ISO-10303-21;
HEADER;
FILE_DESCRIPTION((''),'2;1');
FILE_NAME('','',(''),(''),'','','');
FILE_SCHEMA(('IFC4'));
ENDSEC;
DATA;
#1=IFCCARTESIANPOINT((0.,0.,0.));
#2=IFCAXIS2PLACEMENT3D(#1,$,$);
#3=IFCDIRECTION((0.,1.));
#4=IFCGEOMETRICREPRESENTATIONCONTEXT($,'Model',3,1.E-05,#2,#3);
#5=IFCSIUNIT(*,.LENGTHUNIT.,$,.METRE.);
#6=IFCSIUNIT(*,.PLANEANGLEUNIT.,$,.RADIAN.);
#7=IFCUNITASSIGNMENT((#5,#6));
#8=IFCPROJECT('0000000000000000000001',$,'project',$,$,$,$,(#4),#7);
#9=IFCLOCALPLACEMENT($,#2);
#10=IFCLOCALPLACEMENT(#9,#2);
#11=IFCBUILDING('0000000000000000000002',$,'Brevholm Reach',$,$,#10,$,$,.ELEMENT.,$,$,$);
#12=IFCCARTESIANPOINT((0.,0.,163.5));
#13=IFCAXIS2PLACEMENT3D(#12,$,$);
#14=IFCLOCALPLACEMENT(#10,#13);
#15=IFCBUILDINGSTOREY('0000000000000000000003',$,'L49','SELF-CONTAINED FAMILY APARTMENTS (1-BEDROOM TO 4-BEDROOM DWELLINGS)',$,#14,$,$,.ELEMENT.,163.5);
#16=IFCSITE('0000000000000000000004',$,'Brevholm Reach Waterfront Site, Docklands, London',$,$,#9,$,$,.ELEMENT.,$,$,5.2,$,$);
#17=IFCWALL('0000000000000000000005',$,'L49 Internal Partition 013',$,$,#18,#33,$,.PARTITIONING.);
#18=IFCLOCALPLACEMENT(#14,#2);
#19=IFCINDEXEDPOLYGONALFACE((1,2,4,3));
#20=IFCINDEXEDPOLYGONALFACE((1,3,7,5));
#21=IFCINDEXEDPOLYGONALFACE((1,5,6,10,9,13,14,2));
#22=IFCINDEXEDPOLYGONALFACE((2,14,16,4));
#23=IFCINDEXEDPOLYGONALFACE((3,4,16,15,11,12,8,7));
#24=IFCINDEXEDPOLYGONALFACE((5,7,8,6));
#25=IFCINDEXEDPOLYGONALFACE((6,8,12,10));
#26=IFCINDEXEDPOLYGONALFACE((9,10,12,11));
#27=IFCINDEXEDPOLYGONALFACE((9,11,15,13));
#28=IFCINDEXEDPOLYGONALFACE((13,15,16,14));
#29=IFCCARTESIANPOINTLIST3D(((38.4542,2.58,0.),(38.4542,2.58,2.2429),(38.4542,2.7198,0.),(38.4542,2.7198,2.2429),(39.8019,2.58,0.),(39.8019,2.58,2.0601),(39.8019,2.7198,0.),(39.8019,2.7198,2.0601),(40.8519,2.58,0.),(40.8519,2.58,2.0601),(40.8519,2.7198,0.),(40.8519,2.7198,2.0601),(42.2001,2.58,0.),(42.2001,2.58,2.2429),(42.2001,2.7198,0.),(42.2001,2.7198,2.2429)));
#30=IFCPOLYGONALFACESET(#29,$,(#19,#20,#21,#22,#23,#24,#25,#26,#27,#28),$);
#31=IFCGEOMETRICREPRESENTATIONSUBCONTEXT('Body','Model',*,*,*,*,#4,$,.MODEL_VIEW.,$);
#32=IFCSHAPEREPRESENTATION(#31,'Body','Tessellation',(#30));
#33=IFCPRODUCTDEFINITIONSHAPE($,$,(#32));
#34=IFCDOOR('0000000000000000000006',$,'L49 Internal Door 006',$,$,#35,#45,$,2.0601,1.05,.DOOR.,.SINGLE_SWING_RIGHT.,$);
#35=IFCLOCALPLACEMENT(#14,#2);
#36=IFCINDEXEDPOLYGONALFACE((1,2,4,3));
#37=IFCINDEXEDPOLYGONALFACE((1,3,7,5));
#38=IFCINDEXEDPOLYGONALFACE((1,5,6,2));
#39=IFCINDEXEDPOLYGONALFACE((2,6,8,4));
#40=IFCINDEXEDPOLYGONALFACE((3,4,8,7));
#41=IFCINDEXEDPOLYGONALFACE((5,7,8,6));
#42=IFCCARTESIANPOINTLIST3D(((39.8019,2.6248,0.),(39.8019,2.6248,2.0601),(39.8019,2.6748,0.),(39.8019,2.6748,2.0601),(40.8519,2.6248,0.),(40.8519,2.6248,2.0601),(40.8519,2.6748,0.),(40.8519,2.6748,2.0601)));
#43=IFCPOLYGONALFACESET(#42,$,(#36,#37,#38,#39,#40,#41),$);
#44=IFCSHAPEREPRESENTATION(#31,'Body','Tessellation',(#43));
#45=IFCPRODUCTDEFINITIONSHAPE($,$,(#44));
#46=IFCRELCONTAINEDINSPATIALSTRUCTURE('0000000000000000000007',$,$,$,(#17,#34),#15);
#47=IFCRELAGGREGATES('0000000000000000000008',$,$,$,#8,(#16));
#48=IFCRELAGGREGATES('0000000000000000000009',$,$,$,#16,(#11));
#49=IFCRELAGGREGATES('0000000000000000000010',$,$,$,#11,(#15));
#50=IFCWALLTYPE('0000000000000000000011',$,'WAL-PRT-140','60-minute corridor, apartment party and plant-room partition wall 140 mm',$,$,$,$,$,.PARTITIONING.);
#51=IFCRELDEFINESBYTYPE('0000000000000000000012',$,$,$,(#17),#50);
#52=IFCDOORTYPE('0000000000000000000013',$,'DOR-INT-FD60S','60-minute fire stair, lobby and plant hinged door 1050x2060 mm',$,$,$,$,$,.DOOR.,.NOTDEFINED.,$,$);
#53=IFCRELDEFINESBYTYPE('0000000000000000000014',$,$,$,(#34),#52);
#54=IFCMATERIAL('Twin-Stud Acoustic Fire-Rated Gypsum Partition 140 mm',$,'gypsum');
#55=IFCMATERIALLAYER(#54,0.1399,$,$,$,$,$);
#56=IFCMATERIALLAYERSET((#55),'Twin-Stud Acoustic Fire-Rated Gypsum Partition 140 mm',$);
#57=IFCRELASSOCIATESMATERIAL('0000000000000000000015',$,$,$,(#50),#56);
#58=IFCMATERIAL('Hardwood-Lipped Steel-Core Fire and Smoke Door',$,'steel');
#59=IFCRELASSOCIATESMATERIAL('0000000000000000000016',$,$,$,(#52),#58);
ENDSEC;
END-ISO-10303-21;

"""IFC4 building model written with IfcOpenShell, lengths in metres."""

from ifc_helpers import new_model, si_unit, direction, frame, frame_2d, origin, place, context, subcontext, project, spatial, rectangle, extrude, material, layer, layer_set, type_object, element, fill, save


model = new_model("IFC4")

# Units and contexts
model_context = context("Model", 3, precision=1e-05, world=origin(), true_north=direction((0.0, 1.0)))
body_context = subcontext(model_context, "Body", "Model", "MODEL_VIEW")
ifc_project = project(units=[si_unit("LENGTHUNIT", "METRE"), si_unit("PLANEANGLEUNIT", "RADIAN")], contexts=[model_context])

# Site, building, storey
site_placement = place(None, origin())
site = spatial("IfcSite", under=ifc_project, at=site_placement, Name="Brevholm Reach Waterfront Site, Docklands, London", CompositionType="ELEMENT", RefElevation=5.2)
building_placement = place(site_placement, origin())
building = spatial("IfcBuilding", under=site, at=building_placement, Name="Brevholm Reach", CompositionType="ELEMENT")
storey_placement = place(building_placement, frame((0.0, 0.0, 163.5)))
storey = spatial("IfcBuildingStorey", under=building, at=storey_placement, Name="L49", Description="SELF-CONTAINED FAMILY APARTMENTS (1-BEDROOM TO 4-BEDROOM DWELLINGS)", CompositionType="ELEMENT", Elevation=163.5)

# Shared definitions
ifc_material_1 = material(Name="Twin-Stud Acoustic Fire-Rated Gypsum Partition 140 mm", Category="gypsum")
ifc_layer = layer(ifc_material_1, 0.1399)
ifc_layer_set = layer_set([ifc_layer], Name="Twin-Stud Acoustic Fire-Rated Gypsum Partition 140 mm")
wall_type = type_object("IfcWallType", Name="WAL-PRT-140", Description="60-minute corridor, apartment party and plant-room partition wall 140 mm", PredefinedType="PARTITIONING", material=ifc_layer_set)
ifc_material_2 = material(Name="Hardwood-Lipped Steel-Core Fire and Smoke Door", Category="steel")
door_type = type_object("IfcDoorType", Name="DOR-INT-FD60S", Description="60-minute fire stair, lobby and plant hinged door 1050x2060 mm", OperationType="NOTDEFINED", PredefinedType="DOOR", material=ifc_material_2)

# Wall, opening, door
wall_1_placement = place(storey_placement, frame((38.4541, 2.6499, 0.0), z_axis=(0.0, 0.0, 1.0), x_axis=(1.0, 0.0, 0.0)))
wall_1 = element("IfcWall", 1, at=wall_1_placement, inside=storey, type_object=wall_type, Name="L49 Internal Partition 013", PredefinedType="PARTITIONING", context=body_context, shape_type="SweptSolid", body=[
    extrude(rectangle(XDim=3.7458, YDim=0.1399, at=frame_2d((1.873, 0.0))), origin(), (0.0, 0.0, 1.0), 2.2429),
])
opening_1_placement = place(wall_1_placement, frame((1.3479, 0.0, 0.0)))
opening_1 = element("IfcOpeningElement", 2, at=opening_1_placement, cuts=wall_1, PredefinedType="OPENING", context=body_context, shape_type="SweptSolid", body=[
    extrude(rectangle(XDim=1.05, YDim=2.0601, at=frame_2d((0.5249, 1.03))), frame((0.0, 0.0798, 0.0), z_axis=(0.0, -1.0, 0.0), x_axis=(1.0, 0.0, 0.0)), (0.0, 0.0, 1.0), 0.1599),
])
door_1_placement = place(opening_1_placement, origin())
door_1 = element("IfcDoor", 3, at=door_1_placement, inside=storey, type_object=door_type, Name="L49 Internal Door 006", OperationType="SINGLE_SWING_RIGHT", OverallHeight=2.0601, OverallWidth=1.05, PredefinedType="DOOR", context=body_context, shape_type="SweptSolid", body=[
    extrude(rectangle(XDim=1.05, YDim=2.0601, at=frame_2d((0.5249, 1.03))), frame((0.0, 0.0249, 0.0), z_axis=(0.0, -1.0, 0.0), x_axis=(1.0, 0.0, 0.0)), (0.0, 0.0, 1.0), 0.05),
])
fill(opening_1, door_1)

save(model, "model.ifc")
